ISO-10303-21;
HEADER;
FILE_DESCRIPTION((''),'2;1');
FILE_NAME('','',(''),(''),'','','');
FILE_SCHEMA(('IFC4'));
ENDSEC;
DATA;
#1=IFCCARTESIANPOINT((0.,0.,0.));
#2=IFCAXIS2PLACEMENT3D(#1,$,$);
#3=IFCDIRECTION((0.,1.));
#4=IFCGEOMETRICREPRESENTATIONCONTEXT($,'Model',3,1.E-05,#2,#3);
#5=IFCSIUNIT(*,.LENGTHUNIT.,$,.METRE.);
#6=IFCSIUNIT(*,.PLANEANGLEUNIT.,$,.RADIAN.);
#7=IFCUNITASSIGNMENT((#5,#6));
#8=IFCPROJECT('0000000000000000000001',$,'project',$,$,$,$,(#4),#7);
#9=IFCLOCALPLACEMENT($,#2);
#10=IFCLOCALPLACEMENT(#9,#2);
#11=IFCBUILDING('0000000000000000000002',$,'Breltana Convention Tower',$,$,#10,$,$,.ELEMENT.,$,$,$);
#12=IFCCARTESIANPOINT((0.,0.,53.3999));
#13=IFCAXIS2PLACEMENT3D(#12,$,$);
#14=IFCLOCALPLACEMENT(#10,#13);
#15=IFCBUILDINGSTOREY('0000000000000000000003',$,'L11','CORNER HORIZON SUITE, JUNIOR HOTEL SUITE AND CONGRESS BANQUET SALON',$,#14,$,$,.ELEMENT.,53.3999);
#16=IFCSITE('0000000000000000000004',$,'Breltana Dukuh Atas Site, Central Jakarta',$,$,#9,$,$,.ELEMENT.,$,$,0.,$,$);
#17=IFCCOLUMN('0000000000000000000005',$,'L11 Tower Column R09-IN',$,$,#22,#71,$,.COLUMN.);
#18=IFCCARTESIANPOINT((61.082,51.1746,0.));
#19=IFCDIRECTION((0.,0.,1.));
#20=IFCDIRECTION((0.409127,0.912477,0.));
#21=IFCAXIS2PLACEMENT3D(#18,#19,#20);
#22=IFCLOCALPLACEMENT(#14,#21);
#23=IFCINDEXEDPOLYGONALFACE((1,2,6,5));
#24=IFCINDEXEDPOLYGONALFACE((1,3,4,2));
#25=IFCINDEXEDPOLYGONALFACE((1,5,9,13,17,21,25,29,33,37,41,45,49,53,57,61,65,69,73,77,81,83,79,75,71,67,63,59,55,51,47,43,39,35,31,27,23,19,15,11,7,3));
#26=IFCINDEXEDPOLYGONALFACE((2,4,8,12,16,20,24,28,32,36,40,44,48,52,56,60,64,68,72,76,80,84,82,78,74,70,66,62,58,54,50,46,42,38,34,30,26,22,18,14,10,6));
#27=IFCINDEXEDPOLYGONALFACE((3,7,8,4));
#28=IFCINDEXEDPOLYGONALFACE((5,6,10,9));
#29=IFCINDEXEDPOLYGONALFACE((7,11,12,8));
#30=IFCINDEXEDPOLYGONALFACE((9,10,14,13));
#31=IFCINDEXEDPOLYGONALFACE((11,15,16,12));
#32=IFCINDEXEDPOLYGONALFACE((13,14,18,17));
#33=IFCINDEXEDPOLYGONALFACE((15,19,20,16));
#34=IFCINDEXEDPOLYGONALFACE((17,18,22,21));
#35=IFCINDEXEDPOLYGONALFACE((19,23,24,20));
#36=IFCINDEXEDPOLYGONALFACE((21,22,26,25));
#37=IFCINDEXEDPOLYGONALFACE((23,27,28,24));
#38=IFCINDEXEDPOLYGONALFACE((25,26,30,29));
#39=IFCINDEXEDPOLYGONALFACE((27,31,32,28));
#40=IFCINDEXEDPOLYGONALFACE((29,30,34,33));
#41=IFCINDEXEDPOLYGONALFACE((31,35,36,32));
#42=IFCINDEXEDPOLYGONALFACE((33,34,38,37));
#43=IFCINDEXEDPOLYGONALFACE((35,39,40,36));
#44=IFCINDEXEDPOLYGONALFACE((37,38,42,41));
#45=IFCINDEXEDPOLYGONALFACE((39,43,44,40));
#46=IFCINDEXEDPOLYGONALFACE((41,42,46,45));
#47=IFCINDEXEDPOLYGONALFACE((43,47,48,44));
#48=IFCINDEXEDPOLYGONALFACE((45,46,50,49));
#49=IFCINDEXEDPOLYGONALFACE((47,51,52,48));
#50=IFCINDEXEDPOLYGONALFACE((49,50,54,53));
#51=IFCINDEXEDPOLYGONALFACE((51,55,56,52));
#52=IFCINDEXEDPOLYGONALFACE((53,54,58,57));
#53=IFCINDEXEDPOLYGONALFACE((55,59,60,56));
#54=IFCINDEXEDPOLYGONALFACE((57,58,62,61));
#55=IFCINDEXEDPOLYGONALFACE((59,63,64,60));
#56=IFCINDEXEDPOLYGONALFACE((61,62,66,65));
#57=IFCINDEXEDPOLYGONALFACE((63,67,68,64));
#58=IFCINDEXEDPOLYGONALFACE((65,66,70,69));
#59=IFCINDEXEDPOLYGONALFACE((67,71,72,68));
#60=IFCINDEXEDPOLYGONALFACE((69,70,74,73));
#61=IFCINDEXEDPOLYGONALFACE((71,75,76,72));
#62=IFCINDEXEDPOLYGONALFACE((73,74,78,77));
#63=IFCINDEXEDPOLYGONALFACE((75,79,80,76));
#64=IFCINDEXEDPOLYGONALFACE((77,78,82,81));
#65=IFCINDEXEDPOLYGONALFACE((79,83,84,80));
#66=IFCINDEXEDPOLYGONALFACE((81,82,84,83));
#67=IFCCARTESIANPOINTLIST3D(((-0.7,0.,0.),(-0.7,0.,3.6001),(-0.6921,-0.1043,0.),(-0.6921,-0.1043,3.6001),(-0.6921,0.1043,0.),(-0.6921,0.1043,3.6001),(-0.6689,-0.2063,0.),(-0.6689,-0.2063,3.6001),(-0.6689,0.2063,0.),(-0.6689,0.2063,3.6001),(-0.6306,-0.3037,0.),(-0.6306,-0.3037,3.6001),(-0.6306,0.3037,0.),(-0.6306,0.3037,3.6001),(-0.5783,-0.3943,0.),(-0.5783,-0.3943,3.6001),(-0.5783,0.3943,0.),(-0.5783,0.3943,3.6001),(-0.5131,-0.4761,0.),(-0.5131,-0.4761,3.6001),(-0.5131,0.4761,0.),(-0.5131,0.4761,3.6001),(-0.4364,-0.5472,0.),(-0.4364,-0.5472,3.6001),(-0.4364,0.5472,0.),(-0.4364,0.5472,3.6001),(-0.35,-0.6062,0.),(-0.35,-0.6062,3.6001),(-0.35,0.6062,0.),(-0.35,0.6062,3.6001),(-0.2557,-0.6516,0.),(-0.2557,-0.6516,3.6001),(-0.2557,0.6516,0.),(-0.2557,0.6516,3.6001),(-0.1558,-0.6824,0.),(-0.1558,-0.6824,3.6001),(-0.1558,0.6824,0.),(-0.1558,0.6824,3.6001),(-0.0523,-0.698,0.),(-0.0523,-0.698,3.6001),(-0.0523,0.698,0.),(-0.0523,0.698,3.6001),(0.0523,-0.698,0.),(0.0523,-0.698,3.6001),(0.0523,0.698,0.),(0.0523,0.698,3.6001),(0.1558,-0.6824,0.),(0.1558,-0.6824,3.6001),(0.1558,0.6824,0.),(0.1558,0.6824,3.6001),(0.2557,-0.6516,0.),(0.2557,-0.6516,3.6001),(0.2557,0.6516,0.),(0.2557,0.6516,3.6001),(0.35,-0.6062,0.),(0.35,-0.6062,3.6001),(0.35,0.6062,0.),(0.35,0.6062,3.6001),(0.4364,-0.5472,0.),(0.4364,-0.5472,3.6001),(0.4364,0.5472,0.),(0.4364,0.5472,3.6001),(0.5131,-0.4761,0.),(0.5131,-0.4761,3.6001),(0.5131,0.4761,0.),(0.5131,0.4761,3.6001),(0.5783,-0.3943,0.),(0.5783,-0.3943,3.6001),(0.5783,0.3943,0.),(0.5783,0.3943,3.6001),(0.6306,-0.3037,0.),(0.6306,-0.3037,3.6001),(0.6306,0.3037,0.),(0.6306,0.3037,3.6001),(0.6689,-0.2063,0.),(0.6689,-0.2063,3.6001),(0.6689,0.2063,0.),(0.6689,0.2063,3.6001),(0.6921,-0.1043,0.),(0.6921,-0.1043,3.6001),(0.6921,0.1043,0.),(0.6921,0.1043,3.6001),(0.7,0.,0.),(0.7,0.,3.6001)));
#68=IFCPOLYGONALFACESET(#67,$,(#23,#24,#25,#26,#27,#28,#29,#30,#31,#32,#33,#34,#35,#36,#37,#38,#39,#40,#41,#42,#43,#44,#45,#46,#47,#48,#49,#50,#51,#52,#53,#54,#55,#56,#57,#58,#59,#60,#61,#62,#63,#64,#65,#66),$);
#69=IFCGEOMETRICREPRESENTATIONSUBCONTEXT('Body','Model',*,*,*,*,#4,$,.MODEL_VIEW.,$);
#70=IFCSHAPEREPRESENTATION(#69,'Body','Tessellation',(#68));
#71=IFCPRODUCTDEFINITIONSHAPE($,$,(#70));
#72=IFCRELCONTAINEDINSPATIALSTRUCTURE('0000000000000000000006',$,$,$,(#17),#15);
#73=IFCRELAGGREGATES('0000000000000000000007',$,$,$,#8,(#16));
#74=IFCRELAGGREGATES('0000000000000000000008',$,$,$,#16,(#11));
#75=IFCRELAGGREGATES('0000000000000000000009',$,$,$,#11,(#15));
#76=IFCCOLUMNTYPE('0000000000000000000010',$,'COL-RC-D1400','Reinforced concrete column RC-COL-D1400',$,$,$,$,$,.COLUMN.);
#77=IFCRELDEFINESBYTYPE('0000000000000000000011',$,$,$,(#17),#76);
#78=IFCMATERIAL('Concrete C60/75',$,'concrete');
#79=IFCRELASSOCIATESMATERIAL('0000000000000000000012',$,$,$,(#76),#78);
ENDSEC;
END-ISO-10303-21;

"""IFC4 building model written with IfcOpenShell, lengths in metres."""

from ifc_helpers import new_model, si_unit, direction, frame, origin, origin_2d, place, context, subcontext, project, spatial, circle, extrude, source, transform, mapped, material, material_profile, profile_set, type_object, element, save


model = new_model("IFC4")

# Units and contexts
model_context = context("Model", 3, precision=1e-05, world=origin(), true_north=direction((0.0, 1.0)))
body_context = subcontext(model_context, "Body", "Model", "MODEL_VIEW")
ifc_project = project(units=[si_unit("LENGTHUNIT", "METRE"), si_unit("PLANEANGLEUNIT", "RADIAN")], contexts=[model_context])

# Site, building, storey
site_placement = place(None, origin())
site = spatial("IfcSite", under=ifc_project, at=site_placement, Name="Breltana Dukuh Atas Site, Central Jakarta", CompositionType="ELEMENT", RefElevation=0.0)
building_placement = place(site_placement, origin())
building = spatial("IfcBuilding", under=site, at=building_placement, Name="Breltana Convention Tower", CompositionType="ELEMENT")
storey_placement = place(building_placement, frame((0.0, 0.0, 53.3999)))
storey = spatial("IfcBuildingStorey", under=building, at=storey_placement, Name="L11", Description="CORNER HORIZON SUITE, JUNIOR HOTEL SUITE AND CONGRESS BANQUET SALON", CompositionType="ELEMENT", Elevation=53.3999)

# Column
ifc_material_1 = material(Name="Concrete C60/75", Category="concrete")
ifc_material_profile_1 = material_profile(ifc_material_1, circle(Radius=0.7, at=origin_2d()), Name="RC-COL-D1400")
ifc_profile_set_1 = profile_set([ifc_material_profile_1], Name="Concrete C60/75")
column_type = type_object("IfcColumnType", Name="COL-RC-D1400", Description="Reinforced concrete column RC-COL-D1400", PredefinedType="COLUMN", material=ifc_profile_set_1)
shared_shape_1 = source(origin(), body_context, "Body", "SweptSolid", [
    extrude(circle(Radius=0.7, at=origin_2d()), origin(), (0.0, 0.0, 1.0), 3.6001),
])
for number, where, z_axis, x_axis, name in (
    (1, (61.082, 51.1746, 0.0), (0.0, 0.0, 1.0), (0.409127, 0.912477, 0.0), "L11 Tower Column R09-IN"),
):
    element("IfcColumn", number, at=place(storey_placement, frame(where, z_axis=z_axis, x_axis=x_axis)), inside=storey, type_object=column_type, Name=name, PredefinedType="COLUMN", context=body_context, shape_type="MappedRepresentation", body=[
        mapped(shared_shape_1, transform((0.0, 0.0, 0.0), scale=1.0)),
    ])

save(model, "model.ifc")
